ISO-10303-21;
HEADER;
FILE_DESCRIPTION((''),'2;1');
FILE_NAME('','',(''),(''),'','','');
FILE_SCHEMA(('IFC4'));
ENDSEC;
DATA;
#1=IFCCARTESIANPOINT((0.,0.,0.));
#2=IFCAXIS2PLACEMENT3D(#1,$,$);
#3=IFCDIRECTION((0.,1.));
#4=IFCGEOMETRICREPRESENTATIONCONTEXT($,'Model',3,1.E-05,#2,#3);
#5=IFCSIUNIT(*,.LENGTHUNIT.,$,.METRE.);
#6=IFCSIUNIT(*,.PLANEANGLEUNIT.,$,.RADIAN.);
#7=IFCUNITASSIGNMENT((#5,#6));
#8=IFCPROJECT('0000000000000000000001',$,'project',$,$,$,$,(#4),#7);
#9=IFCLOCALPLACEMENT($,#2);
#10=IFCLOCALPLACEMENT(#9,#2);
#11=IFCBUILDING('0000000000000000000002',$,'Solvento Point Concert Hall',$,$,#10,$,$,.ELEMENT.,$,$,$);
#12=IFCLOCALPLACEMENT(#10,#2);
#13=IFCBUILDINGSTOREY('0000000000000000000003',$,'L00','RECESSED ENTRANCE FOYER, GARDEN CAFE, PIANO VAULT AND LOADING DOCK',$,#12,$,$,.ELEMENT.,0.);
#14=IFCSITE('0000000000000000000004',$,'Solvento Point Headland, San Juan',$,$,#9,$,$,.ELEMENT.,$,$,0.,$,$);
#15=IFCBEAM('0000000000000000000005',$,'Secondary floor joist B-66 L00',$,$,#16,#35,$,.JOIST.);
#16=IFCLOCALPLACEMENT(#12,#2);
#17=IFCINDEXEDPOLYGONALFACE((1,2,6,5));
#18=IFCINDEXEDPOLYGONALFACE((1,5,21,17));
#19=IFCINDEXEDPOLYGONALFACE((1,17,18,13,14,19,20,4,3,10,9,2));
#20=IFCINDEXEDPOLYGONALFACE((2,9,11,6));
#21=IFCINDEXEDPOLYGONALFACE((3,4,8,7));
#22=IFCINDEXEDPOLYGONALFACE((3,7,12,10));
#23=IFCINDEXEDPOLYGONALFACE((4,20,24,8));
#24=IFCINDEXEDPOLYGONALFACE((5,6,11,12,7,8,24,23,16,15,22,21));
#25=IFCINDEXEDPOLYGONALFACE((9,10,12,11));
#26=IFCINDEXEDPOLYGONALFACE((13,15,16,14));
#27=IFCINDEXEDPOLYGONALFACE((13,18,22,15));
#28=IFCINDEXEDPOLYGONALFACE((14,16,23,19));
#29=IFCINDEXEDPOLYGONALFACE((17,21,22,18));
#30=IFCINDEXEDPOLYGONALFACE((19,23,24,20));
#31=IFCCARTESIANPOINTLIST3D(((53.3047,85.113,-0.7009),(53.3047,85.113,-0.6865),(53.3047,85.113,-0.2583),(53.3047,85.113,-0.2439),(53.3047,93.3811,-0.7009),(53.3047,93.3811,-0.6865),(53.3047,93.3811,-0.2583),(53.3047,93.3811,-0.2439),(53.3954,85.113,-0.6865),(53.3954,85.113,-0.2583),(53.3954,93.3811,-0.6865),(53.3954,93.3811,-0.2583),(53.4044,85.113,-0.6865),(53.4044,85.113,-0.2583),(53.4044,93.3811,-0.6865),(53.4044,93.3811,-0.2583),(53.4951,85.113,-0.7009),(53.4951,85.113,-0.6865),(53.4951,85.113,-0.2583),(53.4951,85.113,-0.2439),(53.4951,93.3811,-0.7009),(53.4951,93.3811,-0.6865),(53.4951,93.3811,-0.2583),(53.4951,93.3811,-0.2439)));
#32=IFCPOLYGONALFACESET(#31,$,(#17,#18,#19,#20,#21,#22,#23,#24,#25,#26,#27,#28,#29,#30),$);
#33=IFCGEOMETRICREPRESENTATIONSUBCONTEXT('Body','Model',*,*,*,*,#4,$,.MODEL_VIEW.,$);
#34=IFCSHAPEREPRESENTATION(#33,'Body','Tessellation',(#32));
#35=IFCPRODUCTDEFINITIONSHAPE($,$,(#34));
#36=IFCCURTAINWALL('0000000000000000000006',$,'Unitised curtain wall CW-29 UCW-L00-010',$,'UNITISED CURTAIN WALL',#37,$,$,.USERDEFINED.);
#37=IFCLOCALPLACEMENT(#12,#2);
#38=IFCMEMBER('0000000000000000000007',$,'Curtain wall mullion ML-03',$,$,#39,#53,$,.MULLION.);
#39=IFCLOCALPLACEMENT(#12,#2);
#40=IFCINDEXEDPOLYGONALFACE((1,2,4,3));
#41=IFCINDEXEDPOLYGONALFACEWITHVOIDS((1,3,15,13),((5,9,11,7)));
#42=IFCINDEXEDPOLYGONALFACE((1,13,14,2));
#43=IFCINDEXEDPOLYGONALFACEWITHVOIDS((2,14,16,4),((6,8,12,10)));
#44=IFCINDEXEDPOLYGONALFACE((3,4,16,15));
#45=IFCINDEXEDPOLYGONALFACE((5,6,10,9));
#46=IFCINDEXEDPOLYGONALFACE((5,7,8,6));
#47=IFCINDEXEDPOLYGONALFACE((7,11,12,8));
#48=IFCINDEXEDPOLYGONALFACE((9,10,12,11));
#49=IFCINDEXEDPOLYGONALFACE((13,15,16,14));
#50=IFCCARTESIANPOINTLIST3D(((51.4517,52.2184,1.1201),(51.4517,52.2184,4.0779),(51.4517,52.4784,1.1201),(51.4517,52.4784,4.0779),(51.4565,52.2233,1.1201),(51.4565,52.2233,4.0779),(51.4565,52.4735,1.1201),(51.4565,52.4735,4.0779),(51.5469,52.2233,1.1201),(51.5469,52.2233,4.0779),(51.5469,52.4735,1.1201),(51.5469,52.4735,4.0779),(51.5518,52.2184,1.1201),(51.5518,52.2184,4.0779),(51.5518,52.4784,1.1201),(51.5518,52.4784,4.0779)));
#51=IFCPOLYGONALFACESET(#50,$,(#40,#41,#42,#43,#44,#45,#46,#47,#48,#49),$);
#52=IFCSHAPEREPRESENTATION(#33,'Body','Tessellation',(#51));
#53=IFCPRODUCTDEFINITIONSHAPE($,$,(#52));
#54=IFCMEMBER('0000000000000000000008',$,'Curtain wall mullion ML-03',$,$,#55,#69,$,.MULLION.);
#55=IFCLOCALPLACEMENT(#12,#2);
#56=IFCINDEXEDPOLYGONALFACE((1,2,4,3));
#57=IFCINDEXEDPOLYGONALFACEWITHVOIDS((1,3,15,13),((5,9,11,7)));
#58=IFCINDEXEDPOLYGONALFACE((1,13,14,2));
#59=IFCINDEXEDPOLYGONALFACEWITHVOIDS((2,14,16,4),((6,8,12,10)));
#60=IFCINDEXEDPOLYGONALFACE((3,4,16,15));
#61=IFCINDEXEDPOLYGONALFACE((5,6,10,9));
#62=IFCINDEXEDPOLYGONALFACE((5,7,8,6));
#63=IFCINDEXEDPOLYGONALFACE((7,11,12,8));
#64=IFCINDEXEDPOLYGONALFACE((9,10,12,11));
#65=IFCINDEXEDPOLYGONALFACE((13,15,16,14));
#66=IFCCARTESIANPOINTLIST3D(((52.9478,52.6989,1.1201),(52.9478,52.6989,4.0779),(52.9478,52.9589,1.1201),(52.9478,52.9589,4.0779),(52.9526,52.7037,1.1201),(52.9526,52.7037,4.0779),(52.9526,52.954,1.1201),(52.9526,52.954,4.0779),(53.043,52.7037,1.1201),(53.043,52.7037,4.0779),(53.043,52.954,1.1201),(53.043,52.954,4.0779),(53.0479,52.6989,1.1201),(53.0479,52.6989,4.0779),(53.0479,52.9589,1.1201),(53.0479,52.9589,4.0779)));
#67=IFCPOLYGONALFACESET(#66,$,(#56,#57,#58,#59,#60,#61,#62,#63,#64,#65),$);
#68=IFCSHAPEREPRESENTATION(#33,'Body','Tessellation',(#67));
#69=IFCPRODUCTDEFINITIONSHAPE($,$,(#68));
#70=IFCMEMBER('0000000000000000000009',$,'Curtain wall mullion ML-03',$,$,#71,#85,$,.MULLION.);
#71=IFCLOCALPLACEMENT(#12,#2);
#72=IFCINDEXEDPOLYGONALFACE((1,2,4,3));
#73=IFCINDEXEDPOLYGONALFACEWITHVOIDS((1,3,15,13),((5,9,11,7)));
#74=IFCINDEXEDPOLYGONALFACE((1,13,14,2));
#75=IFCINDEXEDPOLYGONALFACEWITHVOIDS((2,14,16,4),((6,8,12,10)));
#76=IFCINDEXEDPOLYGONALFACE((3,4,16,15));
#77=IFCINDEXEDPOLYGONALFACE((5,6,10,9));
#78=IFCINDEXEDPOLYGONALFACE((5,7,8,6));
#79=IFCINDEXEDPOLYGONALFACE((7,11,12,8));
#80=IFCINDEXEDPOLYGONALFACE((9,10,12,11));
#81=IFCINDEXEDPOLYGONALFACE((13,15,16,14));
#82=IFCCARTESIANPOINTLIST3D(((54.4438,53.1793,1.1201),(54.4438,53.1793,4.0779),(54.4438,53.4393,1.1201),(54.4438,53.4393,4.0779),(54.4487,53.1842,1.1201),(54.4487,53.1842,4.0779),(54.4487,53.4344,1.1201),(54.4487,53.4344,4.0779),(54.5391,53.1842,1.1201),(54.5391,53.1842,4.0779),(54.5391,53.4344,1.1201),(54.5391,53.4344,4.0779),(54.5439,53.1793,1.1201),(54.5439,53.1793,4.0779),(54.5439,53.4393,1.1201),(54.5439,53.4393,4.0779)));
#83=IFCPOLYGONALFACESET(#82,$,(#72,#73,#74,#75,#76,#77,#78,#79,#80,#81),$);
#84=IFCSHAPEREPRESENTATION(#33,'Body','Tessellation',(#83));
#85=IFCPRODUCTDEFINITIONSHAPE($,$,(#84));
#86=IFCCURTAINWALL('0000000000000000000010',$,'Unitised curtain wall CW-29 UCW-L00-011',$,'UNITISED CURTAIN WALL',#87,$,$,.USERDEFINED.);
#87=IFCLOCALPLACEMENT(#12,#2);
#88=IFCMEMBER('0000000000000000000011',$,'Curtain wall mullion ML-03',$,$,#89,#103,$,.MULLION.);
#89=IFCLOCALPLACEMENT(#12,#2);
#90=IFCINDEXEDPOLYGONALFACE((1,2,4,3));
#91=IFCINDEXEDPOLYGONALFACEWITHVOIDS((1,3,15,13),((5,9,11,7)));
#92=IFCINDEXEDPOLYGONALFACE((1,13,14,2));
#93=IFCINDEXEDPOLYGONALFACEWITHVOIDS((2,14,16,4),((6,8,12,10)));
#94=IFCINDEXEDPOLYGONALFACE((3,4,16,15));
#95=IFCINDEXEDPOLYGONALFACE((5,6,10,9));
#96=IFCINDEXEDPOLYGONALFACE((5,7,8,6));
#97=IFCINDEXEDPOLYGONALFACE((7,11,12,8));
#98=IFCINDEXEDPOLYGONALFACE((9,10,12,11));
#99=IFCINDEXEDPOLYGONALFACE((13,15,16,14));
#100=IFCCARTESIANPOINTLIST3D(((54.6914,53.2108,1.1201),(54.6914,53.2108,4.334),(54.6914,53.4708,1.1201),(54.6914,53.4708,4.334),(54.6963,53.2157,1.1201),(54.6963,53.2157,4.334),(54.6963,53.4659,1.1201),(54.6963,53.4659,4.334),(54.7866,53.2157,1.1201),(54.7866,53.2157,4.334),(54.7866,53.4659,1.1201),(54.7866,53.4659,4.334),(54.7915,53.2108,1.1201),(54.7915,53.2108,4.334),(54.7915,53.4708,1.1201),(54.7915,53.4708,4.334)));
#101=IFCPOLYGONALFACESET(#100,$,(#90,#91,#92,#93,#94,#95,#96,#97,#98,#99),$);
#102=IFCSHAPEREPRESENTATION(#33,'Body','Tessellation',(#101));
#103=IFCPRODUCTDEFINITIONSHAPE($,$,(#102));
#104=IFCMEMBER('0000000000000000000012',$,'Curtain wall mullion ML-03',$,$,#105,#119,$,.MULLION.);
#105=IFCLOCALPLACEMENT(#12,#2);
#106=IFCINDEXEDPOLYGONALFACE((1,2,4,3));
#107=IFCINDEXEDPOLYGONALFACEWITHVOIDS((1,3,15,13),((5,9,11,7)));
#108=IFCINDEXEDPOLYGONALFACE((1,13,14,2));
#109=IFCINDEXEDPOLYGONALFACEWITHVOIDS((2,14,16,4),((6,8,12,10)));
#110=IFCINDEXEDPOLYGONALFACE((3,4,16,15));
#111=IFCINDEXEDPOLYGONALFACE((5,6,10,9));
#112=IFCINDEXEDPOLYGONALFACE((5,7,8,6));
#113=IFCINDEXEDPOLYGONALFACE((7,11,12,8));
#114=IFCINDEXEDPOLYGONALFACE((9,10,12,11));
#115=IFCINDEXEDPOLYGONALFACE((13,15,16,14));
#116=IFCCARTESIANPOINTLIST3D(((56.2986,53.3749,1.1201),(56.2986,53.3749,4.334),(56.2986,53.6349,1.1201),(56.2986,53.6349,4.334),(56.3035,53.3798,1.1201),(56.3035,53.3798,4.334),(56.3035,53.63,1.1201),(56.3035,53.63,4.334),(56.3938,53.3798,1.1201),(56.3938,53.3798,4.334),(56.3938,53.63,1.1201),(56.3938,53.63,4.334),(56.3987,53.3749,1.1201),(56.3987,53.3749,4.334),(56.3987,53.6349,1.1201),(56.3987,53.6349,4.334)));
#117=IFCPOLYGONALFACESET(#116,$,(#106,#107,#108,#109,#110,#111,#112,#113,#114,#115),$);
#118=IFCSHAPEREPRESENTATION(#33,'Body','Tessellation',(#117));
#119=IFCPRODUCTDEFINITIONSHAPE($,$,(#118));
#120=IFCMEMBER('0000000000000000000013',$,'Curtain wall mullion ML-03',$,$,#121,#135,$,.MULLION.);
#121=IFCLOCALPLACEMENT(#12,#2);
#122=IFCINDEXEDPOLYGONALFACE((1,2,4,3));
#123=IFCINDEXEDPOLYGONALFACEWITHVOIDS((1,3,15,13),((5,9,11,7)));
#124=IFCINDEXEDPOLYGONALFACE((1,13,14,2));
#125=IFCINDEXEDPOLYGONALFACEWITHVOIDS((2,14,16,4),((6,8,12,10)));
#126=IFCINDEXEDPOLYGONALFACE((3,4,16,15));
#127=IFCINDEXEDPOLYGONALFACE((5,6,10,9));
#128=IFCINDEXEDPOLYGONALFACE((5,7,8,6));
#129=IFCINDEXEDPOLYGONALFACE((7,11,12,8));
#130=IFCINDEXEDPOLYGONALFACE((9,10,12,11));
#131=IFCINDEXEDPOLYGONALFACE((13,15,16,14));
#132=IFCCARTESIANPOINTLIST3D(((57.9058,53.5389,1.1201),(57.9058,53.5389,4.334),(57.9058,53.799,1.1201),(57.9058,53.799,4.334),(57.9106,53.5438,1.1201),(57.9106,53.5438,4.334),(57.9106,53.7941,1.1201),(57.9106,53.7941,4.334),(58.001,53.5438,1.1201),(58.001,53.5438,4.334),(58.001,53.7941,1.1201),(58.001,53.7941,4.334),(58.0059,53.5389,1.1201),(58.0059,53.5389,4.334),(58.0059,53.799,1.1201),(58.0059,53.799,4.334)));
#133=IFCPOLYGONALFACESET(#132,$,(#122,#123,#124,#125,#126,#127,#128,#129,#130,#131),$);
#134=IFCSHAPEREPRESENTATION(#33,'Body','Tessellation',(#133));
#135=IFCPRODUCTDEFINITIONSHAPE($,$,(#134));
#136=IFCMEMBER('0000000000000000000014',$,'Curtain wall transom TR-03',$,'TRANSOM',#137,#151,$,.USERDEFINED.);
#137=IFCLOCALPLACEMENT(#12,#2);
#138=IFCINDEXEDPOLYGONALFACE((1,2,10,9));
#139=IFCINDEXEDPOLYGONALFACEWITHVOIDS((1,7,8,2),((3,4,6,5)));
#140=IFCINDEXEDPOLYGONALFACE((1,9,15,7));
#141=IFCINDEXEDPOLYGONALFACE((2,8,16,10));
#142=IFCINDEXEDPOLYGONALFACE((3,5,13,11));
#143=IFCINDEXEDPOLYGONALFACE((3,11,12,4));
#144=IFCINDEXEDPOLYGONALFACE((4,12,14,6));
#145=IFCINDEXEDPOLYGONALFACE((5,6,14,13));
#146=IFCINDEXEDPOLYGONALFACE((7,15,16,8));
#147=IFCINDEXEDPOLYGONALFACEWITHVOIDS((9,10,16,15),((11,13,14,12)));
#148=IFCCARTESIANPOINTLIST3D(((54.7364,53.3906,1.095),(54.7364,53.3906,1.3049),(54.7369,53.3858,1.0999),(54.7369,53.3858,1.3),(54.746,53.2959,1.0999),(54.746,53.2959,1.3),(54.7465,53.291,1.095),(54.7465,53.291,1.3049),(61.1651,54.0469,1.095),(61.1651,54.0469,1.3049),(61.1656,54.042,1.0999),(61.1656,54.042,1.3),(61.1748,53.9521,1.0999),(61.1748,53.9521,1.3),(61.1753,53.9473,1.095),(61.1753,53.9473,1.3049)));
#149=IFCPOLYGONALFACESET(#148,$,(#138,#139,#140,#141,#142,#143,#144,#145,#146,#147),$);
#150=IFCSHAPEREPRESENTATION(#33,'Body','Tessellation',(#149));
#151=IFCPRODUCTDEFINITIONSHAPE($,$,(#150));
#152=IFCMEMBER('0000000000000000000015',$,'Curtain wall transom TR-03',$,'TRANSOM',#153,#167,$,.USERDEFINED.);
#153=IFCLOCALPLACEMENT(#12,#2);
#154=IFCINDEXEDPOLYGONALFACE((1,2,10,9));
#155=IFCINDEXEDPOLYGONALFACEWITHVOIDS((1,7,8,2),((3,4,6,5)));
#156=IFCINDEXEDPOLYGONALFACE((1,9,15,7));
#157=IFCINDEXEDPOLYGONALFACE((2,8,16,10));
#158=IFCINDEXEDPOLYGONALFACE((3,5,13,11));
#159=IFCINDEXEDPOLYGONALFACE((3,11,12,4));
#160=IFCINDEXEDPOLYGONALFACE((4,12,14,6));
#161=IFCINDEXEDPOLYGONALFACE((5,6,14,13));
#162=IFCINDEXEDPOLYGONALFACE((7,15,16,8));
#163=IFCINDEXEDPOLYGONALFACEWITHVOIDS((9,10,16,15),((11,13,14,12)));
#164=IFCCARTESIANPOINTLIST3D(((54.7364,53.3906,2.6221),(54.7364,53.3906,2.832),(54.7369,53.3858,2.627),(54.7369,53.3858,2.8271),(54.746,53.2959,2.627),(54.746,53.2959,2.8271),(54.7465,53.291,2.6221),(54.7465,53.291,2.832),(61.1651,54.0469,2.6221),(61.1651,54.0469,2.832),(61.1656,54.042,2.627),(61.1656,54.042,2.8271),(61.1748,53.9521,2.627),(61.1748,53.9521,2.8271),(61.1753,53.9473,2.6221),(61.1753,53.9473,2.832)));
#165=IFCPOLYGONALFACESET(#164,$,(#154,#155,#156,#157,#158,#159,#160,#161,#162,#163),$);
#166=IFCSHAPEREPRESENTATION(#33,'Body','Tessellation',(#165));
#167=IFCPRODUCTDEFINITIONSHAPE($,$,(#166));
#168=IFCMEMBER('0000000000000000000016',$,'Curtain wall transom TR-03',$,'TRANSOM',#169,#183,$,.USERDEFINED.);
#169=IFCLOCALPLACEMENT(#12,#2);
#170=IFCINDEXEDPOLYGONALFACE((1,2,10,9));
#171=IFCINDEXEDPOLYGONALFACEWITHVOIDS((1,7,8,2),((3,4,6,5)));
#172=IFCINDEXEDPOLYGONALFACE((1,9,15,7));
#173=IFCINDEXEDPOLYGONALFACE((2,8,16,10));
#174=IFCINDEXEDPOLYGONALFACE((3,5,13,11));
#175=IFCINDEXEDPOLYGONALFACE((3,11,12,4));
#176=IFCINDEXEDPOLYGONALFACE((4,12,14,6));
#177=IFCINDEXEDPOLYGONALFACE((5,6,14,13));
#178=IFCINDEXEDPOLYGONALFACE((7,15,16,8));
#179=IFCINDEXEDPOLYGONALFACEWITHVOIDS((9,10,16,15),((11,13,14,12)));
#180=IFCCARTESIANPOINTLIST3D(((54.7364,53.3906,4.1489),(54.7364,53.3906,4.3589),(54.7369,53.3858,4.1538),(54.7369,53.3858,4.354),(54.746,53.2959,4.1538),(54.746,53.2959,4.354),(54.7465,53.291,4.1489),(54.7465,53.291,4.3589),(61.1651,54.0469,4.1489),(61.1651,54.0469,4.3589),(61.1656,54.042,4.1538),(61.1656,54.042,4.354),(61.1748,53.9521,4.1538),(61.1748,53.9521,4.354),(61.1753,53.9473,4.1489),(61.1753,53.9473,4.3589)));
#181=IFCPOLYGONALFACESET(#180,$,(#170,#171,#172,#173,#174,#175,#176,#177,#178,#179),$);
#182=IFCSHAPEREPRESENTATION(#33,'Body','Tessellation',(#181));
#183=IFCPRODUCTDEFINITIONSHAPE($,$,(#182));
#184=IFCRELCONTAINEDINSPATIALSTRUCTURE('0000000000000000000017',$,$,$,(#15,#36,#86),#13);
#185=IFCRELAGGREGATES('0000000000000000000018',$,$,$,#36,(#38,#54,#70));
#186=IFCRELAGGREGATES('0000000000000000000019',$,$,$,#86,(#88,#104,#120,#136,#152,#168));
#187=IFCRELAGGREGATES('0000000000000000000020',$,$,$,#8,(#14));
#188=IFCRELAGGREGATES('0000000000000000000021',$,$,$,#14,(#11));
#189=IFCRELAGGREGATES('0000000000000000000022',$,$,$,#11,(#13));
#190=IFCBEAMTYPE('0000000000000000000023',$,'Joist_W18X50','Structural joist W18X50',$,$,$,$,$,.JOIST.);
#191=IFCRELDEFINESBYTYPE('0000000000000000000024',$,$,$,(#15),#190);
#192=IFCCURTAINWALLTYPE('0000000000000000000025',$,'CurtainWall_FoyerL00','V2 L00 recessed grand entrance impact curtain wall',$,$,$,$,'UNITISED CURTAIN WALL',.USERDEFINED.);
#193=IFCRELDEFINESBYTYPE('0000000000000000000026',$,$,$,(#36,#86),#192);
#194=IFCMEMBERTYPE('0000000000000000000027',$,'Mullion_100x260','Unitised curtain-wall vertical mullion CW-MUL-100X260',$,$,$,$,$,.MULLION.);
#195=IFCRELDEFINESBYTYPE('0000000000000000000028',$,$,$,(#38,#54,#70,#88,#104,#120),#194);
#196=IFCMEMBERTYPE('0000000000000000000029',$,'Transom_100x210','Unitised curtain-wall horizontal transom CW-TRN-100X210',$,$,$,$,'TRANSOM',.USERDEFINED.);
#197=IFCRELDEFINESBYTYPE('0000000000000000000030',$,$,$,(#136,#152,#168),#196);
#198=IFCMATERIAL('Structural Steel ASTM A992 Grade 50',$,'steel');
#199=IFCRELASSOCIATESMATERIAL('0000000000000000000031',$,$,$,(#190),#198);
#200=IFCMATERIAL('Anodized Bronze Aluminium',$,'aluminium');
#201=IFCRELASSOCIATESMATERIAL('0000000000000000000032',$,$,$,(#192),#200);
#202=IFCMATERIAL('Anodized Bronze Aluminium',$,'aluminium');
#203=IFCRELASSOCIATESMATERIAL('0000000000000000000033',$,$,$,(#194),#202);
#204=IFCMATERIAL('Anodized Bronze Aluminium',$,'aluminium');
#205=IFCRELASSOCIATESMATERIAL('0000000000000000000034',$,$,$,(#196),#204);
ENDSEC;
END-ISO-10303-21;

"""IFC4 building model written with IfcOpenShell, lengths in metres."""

from ifc_helpers import new_model, si_unit, direction, frame, origin, origin_2d, place, context, subcontext, project, spatial, hollow_rectangle, i_section, extrude, material, material_profile, profile_set, type_object, element, aggregate, save


model = new_model("IFC4")

# Units and contexts
model_context = context("Model", 3, precision=1e-05, world=origin(), true_north=direction((0.0, 1.0)))
body_context = subcontext(model_context, "Body", "Model", "MODEL_VIEW")
ifc_project = project(units=[si_unit("LENGTHUNIT", "METRE"), si_unit("PLANEANGLEUNIT", "RADIAN")], contexts=[model_context])

# Site, building, storey
site_placement = place(None, origin())
site = spatial("IfcSite", under=ifc_project, at=site_placement, Name="Solvento Point Headland, San Juan", CompositionType="ELEMENT", RefElevation=0.0)
building_placement = place(site_placement, origin())
building = spatial("IfcBuilding", under=site, at=building_placement, Name="Solvento Point Concert Hall", CompositionType="ELEMENT")
storey_placement = place(building_placement, origin())
storey = spatial("IfcBuildingStorey", under=building, at=storey_placement, Name="L00", Description="RECESSED ENTRANCE FOYER, GARDEN CAFE, PIANO VAULT AND LOADING DOCK", CompositionType="ELEMENT", Elevation=0.0)

# Beam
ifc_material_1 = material(Name="Structural Steel ASTM A992 Grade 50", Category="steel")
ifc_material_profile_1 = material_profile(ifc_material_1, i_section(OverallWidth=0.1904, OverallDepth=0.457, WebThickness=0.009, FlangeThickness=0.0144, at=origin_2d()), Name="W18X50")
ifc_profile_set_1 = profile_set([ifc_material_profile_1], Name="Structural Steel ASTM A992 Grade 50")
beam_type_1 = type_object("IfcBeamType", Name="Joist_W18X50", Description="Structural joist W18X50", PredefinedType="JOIST", material=ifc_profile_set_1)
beam_1_placement = place(storey_placement, frame((53.3999, 85.113, -0.4724), z_axis=(0.0, 1.0, 0.0), x_axis=(-1.0, 0.0, 0.0)))
element("IfcBeam", 1, at=beam_1_placement, inside=storey, type_object=beam_type_1, Name="Secondary floor joist B-66 L00", PredefinedType="JOIST", context=body_context, shape_type="SweptSolid", body=[
    extrude(i_section(OverallWidth=0.1904, OverallDepth=0.457, WebThickness=0.009, FlangeThickness=0.0144, at=origin_2d()), origin(), (0.0, 0.0, 1.0), 8.2681),
])

# Curtain walls, members
ifc_material_2 = material(Name="Anodized Bronze Aluminium", Category="aluminium")
curtain_wall_type = type_object("IfcCurtainWallType", Name="CurtainWall_FoyerL00", Description="V2 L00 recessed grand entrance impact curtain wall", ElementType="UNITISED CURTAIN WALL", PredefinedType="USERDEFINED", material=ifc_material_2)
curtain_wall_1_placement = place(storey_placement, origin())
curtain_wall_1 = element("IfcCurtainWall", 2, at=curtain_wall_1_placement, inside=storey, type_object=curtain_wall_type, Name="Unitised curtain wall CW-29 UCW-L00-010", ObjectType="UNITISED CURTAIN WALL", PredefinedType="USERDEFINED")
ifc_material_3 = material(Name="Anodized Bronze Aluminium", Category="aluminium")
ifc_material_profile_2 = material_profile(ifc_material_3, hollow_rectangle(XDim=0.1001, YDim=0.26, WallThickness=0.0049, at=origin_2d()), Name="CW-MUL-100X260")
ifc_profile_set_2 = profile_set([ifc_material_profile_2], Name="Anodized Bronze Aluminium")
member_type_1 = type_object("IfcMemberType", Name="Mullion_100x260", Description="Unitised curtain-wall vertical mullion CW-MUL-100X260", PredefinedType="MULLION", material=ifc_profile_set_2)
member_1_placement = place(storey_placement, frame((51.5017, 52.3484, 1.1201), z_axis=(0.0, 0.0, 1.0), x_axis=(1.0, 0.0, 0.0)))
member_1 = element("IfcMember", 3, at=member_1_placement, type_object=member_type_1, Name="Curtain wall mullion ML-03", PredefinedType="MULLION", context=body_context, shape_type="SweptSolid", body=[
    extrude(hollow_rectangle(XDim=0.1001, YDim=0.26, WallThickness=0.0049, at=origin_2d()), origin(), (0.0, 0.0, 1.0), 2.9578),
])
member_2_placement = place(storey_placement, frame((52.9978, 52.8289, 1.1201), z_axis=(0.0, 0.0, 1.0), x_axis=(1.0, 0.0, 0.0)))
member_2 = element("IfcMember", 4, at=member_2_placement, type_object=member_type_1, Name="Curtain wall mullion ML-03", PredefinedType="MULLION", context=body_context, shape_type="SweptSolid", body=[
    extrude(hollow_rectangle(XDim=0.1001, YDim=0.26, WallThickness=0.0049, at=origin_2d()), origin(), (0.0, 0.0, 1.0), 2.9578),
])
member_3_placement = place(storey_placement, frame((54.4939, 53.3093, 1.1201), z_axis=(0.0, 0.0, 1.0), x_axis=(1.0, 0.0, 0.0)))
member_3 = element("IfcMember", 5, at=member_3_placement, type_object=member_type_1, Name="Curtain wall mullion ML-03", PredefinedType="MULLION", context=body_context, shape_type="SweptSolid", body=[
    extrude(hollow_rectangle(XDim=0.1001, YDim=0.26, WallThickness=0.0049, at=origin_2d()), origin(), (0.0, 0.0, 1.0), 2.9578),
])
curtain_wall_2_placement = place(storey_placement, origin())
curtain_wall_2 = element("IfcCurtainWall", 6, at=curtain_wall_2_placement, inside=storey, type_object=curtain_wall_type, Name="Unitised curtain wall CW-29 UCW-L00-011", ObjectType="UNITISED CURTAIN WALL", PredefinedType="USERDEFINED")
member_4_placement = place(storey_placement, frame((54.7415, 53.3408, 1.1201), z_axis=(0.0, 0.0, 1.0), x_axis=(1.0, 0.0, 0.0)))
member_4 = element("IfcMember", 7, at=member_4_placement, type_object=member_type_1, Name="Curtain wall mullion ML-03", PredefinedType="MULLION", context=body_context, shape_type="SweptSolid", body=[
    extrude(hollow_rectangle(XDim=0.1001, YDim=0.26, WallThickness=0.0049, at=origin_2d()), origin(), (0.0, 0.0, 1.0), 3.2139),
])
member_5_placement = place(storey_placement, frame((56.3486, 53.5049, 1.1201), z_axis=(0.0, 0.0, 1.0), x_axis=(1.0, 0.0, 0.0)))
member_5 = element("IfcMember", 8, at=member_5_placement, type_object=member_type_1, Name="Curtain wall mullion ML-03", PredefinedType="MULLION", context=body_context, shape_type="SweptSolid", body=[
    extrude(hollow_rectangle(XDim=0.1001, YDim=0.26, WallThickness=0.0049, at=origin_2d()), origin(), (0.0, 0.0, 1.0), 3.2139),
])
member_6_placement = place(storey_placement, frame((57.9558, 53.6689, 1.1201), z_axis=(0.0, 0.0, 1.0), x_axis=(1.0, 0.0, 0.0)))
member_6 = element("IfcMember", 9, at=member_6_placement, type_object=member_type_1, Name="Curtain wall mullion ML-03", PredefinedType="MULLION", context=body_context, shape_type="SweptSolid", body=[
    extrude(hollow_rectangle(XDim=0.1001, YDim=0.26, WallThickness=0.0049, at=origin_2d()), origin(), (0.0, 0.0, 1.0), 3.2139),
])
ifc_material_4 = material(Name="Anodized Bronze Aluminium", Category="aluminium")
ifc_material_profile_3 = material_profile(ifc_material_4, hollow_rectangle(XDim=0.1001, YDim=0.21, WallThickness=0.0049, at=origin_2d()), Name="CW-TRN-100X210")
ifc_profile_set_3 = profile_set([ifc_material_profile_3], Name="Anodized Bronze Aluminium")
member_type_2 = type_object("IfcMemberType", Name="Transom_100x210", Description="Unitised curtain-wall horizontal transom CW-TRN-100X210", ElementType="TRANSOM", PredefinedType="USERDEFINED", material=ifc_profile_set_3)
member_7_placement = place(storey_placement, frame((54.7415, 53.3408, 1.2), z_axis=(0.99483, 0.101553, 0.0), x_axis=(-0.101553, 0.99483, 0.0)))
member_7 = element("IfcMember", 10, at=member_7_placement, type_object=member_type_2, Name="Curtain wall transom TR-03", ObjectType="TRANSOM", PredefinedType="USERDEFINED", context=body_context, shape_type="SweptSolid", body=[
    extrude(hollow_rectangle(XDim=0.1001, YDim=0.21, WallThickness=0.0049, at=origin_2d()), origin(), (0.0, 0.0, 1.0), 6.4622),
])
member_8_placement = place(storey_placement, frame((54.7415, 53.3408, 2.7271), z_axis=(0.99483, 0.101553, 0.0), x_axis=(-0.101553, 0.99483, 0.0)))
member_8 = element("IfcMember", 11, at=member_8_placement, type_object=member_type_2, Name="Curtain wall transom TR-03", ObjectType="TRANSOM", PredefinedType="USERDEFINED", context=body_context, shape_type="SweptSolid", body=[
    extrude(hollow_rectangle(XDim=0.1001, YDim=0.21, WallThickness=0.0049, at=origin_2d()), origin(), (0.0, 0.0, 1.0), 6.4622),
])
member_9_placement = place(storey_placement, frame((54.7415, 53.3408, 4.2539), z_axis=(0.99483, 0.101553, 0.0), x_axis=(-0.101553, 0.99483, 0.0)))
member_9 = element("IfcMember", 12, at=member_9_placement, type_object=member_type_2, Name="Curtain wall transom TR-03", ObjectType="TRANSOM", PredefinedType="USERDEFINED", context=body_context, shape_type="SweptSolid", body=[
    extrude(hollow_rectangle(XDim=0.1001, YDim=0.21, WallThickness=0.0049, at=origin_2d()), origin(), (0.0, 0.0, 1.0), 6.4622),
])

aggregate(curtain_wall_1, [member_1, member_2, member_3])
aggregate(curtain_wall_2, [member_4, member_5, member_6, member_7, member_8, member_9])

save(model, "model.ifc")
